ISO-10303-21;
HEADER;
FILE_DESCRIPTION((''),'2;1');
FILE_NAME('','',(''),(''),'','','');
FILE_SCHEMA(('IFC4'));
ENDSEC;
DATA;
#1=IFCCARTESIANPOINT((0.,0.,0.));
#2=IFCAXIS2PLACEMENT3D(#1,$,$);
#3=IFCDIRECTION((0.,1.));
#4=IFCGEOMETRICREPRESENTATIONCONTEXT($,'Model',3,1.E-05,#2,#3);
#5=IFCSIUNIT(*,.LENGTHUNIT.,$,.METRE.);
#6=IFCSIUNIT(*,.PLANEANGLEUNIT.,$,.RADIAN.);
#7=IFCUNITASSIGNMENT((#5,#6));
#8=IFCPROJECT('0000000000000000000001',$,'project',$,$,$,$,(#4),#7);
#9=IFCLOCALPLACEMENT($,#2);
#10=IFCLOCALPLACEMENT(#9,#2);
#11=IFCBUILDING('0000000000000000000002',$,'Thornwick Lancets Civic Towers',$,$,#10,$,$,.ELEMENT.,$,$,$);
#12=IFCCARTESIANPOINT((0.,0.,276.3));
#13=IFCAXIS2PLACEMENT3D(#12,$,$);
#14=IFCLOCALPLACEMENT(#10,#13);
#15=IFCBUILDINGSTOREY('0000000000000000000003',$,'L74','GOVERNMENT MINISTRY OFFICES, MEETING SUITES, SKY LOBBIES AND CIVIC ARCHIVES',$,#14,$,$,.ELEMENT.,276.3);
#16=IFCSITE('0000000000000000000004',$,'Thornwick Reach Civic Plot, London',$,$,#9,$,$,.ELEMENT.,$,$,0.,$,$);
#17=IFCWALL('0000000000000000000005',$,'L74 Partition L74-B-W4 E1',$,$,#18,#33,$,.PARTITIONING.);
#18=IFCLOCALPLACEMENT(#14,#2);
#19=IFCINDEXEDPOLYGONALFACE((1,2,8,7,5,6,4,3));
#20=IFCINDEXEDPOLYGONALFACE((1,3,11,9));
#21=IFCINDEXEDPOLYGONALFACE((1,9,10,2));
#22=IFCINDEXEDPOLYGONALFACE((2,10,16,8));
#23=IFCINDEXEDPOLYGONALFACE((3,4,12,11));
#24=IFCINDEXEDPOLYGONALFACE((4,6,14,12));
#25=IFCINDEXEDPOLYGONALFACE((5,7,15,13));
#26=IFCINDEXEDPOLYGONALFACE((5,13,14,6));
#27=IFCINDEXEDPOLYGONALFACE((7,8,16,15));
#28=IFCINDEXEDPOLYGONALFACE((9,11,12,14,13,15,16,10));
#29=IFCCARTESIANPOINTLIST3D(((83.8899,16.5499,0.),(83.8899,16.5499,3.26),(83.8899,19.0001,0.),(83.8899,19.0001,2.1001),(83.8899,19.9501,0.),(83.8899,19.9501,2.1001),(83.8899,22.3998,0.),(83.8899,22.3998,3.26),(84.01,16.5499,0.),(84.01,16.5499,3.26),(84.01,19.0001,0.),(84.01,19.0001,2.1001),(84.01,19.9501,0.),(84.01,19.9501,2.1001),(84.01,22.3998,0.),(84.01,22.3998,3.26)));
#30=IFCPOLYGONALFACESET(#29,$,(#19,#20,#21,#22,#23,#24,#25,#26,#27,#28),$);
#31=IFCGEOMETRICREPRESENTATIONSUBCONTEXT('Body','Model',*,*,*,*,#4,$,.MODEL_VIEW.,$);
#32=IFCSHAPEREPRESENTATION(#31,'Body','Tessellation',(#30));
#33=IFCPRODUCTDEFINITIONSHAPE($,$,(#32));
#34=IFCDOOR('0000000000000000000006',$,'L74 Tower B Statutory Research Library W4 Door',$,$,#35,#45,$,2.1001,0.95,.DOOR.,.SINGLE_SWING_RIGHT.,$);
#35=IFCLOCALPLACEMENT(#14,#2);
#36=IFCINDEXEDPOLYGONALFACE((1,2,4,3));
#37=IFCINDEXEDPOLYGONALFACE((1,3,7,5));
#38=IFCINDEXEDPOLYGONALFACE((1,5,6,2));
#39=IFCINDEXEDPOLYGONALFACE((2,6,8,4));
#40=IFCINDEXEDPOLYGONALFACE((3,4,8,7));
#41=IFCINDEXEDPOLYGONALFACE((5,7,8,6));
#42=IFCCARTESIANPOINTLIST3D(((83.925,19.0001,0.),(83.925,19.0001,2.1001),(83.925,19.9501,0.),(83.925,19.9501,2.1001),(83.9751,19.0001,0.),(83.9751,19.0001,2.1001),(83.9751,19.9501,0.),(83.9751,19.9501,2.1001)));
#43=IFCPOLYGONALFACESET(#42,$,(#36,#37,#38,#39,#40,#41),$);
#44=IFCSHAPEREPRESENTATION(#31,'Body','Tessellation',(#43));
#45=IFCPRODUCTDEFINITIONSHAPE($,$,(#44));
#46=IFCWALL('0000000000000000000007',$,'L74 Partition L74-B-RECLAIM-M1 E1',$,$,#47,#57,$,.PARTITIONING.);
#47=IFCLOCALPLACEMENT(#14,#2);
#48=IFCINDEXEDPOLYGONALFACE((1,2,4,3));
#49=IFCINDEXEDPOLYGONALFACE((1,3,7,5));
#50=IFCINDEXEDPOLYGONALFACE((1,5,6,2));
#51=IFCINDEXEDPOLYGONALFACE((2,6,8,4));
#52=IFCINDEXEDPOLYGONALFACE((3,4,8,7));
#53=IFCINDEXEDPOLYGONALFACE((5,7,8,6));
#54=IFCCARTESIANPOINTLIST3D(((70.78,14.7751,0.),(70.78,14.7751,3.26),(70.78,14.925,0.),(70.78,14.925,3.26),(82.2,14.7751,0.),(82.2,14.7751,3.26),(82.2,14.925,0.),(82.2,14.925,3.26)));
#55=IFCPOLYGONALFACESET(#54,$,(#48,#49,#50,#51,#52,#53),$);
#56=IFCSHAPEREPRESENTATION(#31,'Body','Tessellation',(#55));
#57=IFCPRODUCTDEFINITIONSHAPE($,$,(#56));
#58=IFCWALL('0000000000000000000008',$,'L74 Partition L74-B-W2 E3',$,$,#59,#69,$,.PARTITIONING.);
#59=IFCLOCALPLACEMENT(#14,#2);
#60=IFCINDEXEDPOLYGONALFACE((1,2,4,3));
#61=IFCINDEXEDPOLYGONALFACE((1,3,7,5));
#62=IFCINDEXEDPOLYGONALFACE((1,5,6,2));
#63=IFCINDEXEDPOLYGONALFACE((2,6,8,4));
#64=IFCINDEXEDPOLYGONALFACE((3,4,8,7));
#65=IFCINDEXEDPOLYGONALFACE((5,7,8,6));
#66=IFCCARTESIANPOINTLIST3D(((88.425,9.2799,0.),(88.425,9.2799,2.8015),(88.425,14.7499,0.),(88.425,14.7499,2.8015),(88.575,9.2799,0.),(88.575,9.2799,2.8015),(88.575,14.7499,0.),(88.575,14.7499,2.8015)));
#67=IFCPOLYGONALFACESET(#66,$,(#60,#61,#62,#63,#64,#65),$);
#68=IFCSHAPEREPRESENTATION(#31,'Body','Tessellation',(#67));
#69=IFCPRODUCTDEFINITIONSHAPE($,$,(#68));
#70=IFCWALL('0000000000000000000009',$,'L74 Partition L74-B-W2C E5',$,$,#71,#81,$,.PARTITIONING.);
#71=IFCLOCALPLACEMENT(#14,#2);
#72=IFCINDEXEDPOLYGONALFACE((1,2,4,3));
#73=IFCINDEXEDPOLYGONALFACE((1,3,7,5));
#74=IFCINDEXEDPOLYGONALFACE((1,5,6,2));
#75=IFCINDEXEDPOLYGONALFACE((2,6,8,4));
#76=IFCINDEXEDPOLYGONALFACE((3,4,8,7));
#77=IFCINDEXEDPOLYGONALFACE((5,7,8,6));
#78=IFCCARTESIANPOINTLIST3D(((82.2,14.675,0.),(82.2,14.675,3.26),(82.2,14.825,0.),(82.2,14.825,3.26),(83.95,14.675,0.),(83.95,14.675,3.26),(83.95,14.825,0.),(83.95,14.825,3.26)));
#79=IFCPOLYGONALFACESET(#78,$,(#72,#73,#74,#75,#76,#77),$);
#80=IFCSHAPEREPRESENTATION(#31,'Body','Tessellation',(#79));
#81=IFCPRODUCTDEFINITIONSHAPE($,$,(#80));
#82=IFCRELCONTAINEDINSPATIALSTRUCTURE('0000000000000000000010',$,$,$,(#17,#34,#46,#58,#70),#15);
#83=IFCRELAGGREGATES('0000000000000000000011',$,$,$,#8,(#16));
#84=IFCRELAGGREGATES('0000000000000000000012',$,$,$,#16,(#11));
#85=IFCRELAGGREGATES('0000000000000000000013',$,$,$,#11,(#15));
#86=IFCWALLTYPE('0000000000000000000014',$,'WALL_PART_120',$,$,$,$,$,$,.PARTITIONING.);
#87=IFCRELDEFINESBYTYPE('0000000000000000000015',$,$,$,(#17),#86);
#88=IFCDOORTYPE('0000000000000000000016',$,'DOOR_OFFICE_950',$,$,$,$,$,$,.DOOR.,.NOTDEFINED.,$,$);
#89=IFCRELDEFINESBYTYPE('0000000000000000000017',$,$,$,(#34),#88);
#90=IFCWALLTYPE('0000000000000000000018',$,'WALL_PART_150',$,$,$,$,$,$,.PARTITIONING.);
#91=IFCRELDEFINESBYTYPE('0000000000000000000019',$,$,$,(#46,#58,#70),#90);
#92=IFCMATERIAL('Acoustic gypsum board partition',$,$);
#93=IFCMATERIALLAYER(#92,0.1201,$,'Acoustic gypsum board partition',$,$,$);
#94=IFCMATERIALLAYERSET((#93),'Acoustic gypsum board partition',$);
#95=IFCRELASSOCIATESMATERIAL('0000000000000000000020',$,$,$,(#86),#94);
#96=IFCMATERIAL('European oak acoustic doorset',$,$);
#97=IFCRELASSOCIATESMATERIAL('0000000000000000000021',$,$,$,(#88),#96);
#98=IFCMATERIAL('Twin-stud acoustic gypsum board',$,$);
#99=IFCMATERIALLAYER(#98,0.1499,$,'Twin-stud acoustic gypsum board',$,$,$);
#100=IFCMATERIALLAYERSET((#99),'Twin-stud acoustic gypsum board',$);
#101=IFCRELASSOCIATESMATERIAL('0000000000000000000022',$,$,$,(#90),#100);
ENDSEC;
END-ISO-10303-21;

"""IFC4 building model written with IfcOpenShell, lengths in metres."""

from ifc_helpers import new_model, si_unit, direction, frame, frame_2d, origin, place, context, subcontext, project, spatial, rectangle, extrude, material, layer, layer_set, type_object, element, fill, save


model = new_model("IFC4")

# Units and contexts
model_context = context("Model", 3, precision=1e-05, world=origin(), true_north=direction((0.0, 1.0)))
body_context = subcontext(model_context, "Body", "Model", "MODEL_VIEW")
ifc_project = project(units=[si_unit("LENGTHUNIT", "METRE"), si_unit("PLANEANGLEUNIT", "RADIAN")], contexts=[model_context])

# Site, building, storey
site_placement = place(None, origin())
site = spatial("IfcSite", under=ifc_project, at=site_placement, Name="Thornwick Reach Civic Plot, London", CompositionType="ELEMENT", RefElevation=0.0)
building_placement = place(site_placement, origin())
building = spatial("IfcBuilding", under=site, at=building_placement, Name="Thornwick Lancets Civic Towers", CompositionType="ELEMENT")
storey_placement = place(building_placement, frame((0.0, 0.0, 276.3)))
storey = spatial("IfcBuildingStorey", under=building, at=storey_placement, Name="L74", Description="GOVERNMENT MINISTRY OFFICES, MEETING SUITES, SKY LOBBIES AND CIVIC ARCHIVES", CompositionType="ELEMENT", Elevation=276.3)

# Shared definitions
ifc_material_1 = material(Name="Acoustic gypsum board partition")
ifc_layer_1 = layer(ifc_material_1, 0.1201, Name="Acoustic gypsum board partition")
ifc_layer_set_1 = layer_set([ifc_layer_1], Name="Acoustic gypsum board partition")
wall_type_1 = type_object("IfcWallType", Name="WALL_PART_120", PredefinedType="PARTITIONING", material=ifc_layer_set_1)

# Wall, opening, door
ifc_material_2 = material(Name="European oak acoustic doorset")
door_type_1 = type_object("IfcDoorType", Name="DOOR_OFFICE_950", OperationType="NOTDEFINED", PredefinedType="DOOR", material=ifc_material_2)
wall_1_placement = place(storey_placement, frame((83.95, 16.55, 0.0), z_axis=(0.0, 0.0, 1.0), x_axis=(0.0, 1.0, 0.0)))
wall_1 = element("IfcWall", 1, at=wall_1_placement, inside=storey, type_object=wall_type_1, Name="L74 Partition L74-B-W4 E1", PredefinedType="PARTITIONING", context=body_context, shape_type="SweptSolid", body=[
    extrude(rectangle(XDim=5.8499, YDim=0.1201, at=frame_2d((2.9248, 0.0))), origin(), (0.0, 0.0, 1.0), 3.26),
])
opening_1_placement = place(wall_1_placement, frame((2.45, 0.0, 0.0)))
opening_1 = element("IfcOpeningElement", 2, at=opening_1_placement, cuts=wall_1, PredefinedType="OPENING", context=body_context, shape_type="SweptSolid", body=[
    extrude(rectangle(XDim=0.95, YDim=2.1001, at=frame_2d((0.4751, 1.05))), frame((0.0, 0.0701, 0.0), z_axis=(0.0, -1.0, 0.0), x_axis=(1.0, 0.0, 0.0)), (0.0, 0.0, 1.0), 0.1401),
])
door_1_placement = place(opening_1_placement, origin())
door_1 = element("IfcDoor", 3, at=door_1_placement, inside=storey, type_object=door_type_1, Name="L74 Tower B Statutory Research Library W4 Door", OperationType="SINGLE_SWING_RIGHT", OverallHeight=2.1001, OverallWidth=0.95, PredefinedType="DOOR", context=body_context, shape_type="SweptSolid", body=[
    extrude(rectangle(XDim=0.95, YDim=2.1001, at=frame_2d((0.4751, 1.05))), frame((0.0, 0.0249, 0.0), z_axis=(0.0, -1.0, 0.0), x_axis=(1.0, 0.0, 0.0)), (0.0, 0.0, 1.0), 0.05),
])
fill(opening_1, door_1)

# Wall
ifc_material_3 = material(Name="Twin-stud acoustic gypsum board")
ifc_layer_2 = layer(ifc_material_3, 0.1499, Name="Twin-stud acoustic gypsum board")
ifc_layer_set_2 = layer_set([ifc_layer_2], Name="Twin-stud acoustic gypsum board")
wall_type_2 = type_object("IfcWallType", Name="WALL_PART_150", PredefinedType="PARTITIONING", material=ifc_layer_set_2)
wall_2_placement = place(storey_placement, frame((82.2, 14.8501, 0.0), z_axis=(0.0, 0.0, 1.0), x_axis=(-1.0, 0.0, 0.0)))
element("IfcWall", 4, at=wall_2_placement, inside=storey, type_object=wall_type_2, Name="L74 Partition L74-B-RECLAIM-M1 E1", PredefinedType="PARTITIONING", context=body_context, shape_type="SweptSolid", body=[
    extrude(rectangle(XDim=11.4199, YDim=0.1499, at=frame_2d((5.71, 0.0))), origin(), (0.0, 0.0, 1.0), 3.26),
])

# Wall
wall_3_placement = place(storey_placement, frame((88.5, 9.28, 0.0), z_axis=(0.0, 0.0, 1.0), x_axis=(0.0, 1.0, 0.0)))
element("IfcWall", 5, at=wall_3_placement, inside=storey, type_object=wall_type_2, Name="L74 Partition L74-B-W2 E3", PredefinedType="PARTITIONING", context=body_context, shape_type="SweptSolid", body=[
    extrude(rectangle(XDim=5.47, YDim=0.1499, at=frame_2d((2.7349, 0.0))), origin(), (0.0, 0.0, 1.0), 2.8015),
])

# Wall
wall_4_placement = place(storey_placement, frame((82.2, 14.75, 0.0), z_axis=(0.0, 0.0, 1.0), x_axis=(1.0, 0.0, 0.0)))
element("IfcWall", 6, at=wall_4_placement, inside=storey, type_object=wall_type_2, Name="L74 Partition L74-B-W2C E5", PredefinedType="PARTITIONING", context=body_context, shape_type="SweptSolid", body=[
    extrude(rectangle(XDim=1.75, YDim=0.1499, at=frame_2d((0.875, 0.0))), origin(), (0.0, 0.0, 1.0), 3.26),
])

save(model, "model.ifc")
